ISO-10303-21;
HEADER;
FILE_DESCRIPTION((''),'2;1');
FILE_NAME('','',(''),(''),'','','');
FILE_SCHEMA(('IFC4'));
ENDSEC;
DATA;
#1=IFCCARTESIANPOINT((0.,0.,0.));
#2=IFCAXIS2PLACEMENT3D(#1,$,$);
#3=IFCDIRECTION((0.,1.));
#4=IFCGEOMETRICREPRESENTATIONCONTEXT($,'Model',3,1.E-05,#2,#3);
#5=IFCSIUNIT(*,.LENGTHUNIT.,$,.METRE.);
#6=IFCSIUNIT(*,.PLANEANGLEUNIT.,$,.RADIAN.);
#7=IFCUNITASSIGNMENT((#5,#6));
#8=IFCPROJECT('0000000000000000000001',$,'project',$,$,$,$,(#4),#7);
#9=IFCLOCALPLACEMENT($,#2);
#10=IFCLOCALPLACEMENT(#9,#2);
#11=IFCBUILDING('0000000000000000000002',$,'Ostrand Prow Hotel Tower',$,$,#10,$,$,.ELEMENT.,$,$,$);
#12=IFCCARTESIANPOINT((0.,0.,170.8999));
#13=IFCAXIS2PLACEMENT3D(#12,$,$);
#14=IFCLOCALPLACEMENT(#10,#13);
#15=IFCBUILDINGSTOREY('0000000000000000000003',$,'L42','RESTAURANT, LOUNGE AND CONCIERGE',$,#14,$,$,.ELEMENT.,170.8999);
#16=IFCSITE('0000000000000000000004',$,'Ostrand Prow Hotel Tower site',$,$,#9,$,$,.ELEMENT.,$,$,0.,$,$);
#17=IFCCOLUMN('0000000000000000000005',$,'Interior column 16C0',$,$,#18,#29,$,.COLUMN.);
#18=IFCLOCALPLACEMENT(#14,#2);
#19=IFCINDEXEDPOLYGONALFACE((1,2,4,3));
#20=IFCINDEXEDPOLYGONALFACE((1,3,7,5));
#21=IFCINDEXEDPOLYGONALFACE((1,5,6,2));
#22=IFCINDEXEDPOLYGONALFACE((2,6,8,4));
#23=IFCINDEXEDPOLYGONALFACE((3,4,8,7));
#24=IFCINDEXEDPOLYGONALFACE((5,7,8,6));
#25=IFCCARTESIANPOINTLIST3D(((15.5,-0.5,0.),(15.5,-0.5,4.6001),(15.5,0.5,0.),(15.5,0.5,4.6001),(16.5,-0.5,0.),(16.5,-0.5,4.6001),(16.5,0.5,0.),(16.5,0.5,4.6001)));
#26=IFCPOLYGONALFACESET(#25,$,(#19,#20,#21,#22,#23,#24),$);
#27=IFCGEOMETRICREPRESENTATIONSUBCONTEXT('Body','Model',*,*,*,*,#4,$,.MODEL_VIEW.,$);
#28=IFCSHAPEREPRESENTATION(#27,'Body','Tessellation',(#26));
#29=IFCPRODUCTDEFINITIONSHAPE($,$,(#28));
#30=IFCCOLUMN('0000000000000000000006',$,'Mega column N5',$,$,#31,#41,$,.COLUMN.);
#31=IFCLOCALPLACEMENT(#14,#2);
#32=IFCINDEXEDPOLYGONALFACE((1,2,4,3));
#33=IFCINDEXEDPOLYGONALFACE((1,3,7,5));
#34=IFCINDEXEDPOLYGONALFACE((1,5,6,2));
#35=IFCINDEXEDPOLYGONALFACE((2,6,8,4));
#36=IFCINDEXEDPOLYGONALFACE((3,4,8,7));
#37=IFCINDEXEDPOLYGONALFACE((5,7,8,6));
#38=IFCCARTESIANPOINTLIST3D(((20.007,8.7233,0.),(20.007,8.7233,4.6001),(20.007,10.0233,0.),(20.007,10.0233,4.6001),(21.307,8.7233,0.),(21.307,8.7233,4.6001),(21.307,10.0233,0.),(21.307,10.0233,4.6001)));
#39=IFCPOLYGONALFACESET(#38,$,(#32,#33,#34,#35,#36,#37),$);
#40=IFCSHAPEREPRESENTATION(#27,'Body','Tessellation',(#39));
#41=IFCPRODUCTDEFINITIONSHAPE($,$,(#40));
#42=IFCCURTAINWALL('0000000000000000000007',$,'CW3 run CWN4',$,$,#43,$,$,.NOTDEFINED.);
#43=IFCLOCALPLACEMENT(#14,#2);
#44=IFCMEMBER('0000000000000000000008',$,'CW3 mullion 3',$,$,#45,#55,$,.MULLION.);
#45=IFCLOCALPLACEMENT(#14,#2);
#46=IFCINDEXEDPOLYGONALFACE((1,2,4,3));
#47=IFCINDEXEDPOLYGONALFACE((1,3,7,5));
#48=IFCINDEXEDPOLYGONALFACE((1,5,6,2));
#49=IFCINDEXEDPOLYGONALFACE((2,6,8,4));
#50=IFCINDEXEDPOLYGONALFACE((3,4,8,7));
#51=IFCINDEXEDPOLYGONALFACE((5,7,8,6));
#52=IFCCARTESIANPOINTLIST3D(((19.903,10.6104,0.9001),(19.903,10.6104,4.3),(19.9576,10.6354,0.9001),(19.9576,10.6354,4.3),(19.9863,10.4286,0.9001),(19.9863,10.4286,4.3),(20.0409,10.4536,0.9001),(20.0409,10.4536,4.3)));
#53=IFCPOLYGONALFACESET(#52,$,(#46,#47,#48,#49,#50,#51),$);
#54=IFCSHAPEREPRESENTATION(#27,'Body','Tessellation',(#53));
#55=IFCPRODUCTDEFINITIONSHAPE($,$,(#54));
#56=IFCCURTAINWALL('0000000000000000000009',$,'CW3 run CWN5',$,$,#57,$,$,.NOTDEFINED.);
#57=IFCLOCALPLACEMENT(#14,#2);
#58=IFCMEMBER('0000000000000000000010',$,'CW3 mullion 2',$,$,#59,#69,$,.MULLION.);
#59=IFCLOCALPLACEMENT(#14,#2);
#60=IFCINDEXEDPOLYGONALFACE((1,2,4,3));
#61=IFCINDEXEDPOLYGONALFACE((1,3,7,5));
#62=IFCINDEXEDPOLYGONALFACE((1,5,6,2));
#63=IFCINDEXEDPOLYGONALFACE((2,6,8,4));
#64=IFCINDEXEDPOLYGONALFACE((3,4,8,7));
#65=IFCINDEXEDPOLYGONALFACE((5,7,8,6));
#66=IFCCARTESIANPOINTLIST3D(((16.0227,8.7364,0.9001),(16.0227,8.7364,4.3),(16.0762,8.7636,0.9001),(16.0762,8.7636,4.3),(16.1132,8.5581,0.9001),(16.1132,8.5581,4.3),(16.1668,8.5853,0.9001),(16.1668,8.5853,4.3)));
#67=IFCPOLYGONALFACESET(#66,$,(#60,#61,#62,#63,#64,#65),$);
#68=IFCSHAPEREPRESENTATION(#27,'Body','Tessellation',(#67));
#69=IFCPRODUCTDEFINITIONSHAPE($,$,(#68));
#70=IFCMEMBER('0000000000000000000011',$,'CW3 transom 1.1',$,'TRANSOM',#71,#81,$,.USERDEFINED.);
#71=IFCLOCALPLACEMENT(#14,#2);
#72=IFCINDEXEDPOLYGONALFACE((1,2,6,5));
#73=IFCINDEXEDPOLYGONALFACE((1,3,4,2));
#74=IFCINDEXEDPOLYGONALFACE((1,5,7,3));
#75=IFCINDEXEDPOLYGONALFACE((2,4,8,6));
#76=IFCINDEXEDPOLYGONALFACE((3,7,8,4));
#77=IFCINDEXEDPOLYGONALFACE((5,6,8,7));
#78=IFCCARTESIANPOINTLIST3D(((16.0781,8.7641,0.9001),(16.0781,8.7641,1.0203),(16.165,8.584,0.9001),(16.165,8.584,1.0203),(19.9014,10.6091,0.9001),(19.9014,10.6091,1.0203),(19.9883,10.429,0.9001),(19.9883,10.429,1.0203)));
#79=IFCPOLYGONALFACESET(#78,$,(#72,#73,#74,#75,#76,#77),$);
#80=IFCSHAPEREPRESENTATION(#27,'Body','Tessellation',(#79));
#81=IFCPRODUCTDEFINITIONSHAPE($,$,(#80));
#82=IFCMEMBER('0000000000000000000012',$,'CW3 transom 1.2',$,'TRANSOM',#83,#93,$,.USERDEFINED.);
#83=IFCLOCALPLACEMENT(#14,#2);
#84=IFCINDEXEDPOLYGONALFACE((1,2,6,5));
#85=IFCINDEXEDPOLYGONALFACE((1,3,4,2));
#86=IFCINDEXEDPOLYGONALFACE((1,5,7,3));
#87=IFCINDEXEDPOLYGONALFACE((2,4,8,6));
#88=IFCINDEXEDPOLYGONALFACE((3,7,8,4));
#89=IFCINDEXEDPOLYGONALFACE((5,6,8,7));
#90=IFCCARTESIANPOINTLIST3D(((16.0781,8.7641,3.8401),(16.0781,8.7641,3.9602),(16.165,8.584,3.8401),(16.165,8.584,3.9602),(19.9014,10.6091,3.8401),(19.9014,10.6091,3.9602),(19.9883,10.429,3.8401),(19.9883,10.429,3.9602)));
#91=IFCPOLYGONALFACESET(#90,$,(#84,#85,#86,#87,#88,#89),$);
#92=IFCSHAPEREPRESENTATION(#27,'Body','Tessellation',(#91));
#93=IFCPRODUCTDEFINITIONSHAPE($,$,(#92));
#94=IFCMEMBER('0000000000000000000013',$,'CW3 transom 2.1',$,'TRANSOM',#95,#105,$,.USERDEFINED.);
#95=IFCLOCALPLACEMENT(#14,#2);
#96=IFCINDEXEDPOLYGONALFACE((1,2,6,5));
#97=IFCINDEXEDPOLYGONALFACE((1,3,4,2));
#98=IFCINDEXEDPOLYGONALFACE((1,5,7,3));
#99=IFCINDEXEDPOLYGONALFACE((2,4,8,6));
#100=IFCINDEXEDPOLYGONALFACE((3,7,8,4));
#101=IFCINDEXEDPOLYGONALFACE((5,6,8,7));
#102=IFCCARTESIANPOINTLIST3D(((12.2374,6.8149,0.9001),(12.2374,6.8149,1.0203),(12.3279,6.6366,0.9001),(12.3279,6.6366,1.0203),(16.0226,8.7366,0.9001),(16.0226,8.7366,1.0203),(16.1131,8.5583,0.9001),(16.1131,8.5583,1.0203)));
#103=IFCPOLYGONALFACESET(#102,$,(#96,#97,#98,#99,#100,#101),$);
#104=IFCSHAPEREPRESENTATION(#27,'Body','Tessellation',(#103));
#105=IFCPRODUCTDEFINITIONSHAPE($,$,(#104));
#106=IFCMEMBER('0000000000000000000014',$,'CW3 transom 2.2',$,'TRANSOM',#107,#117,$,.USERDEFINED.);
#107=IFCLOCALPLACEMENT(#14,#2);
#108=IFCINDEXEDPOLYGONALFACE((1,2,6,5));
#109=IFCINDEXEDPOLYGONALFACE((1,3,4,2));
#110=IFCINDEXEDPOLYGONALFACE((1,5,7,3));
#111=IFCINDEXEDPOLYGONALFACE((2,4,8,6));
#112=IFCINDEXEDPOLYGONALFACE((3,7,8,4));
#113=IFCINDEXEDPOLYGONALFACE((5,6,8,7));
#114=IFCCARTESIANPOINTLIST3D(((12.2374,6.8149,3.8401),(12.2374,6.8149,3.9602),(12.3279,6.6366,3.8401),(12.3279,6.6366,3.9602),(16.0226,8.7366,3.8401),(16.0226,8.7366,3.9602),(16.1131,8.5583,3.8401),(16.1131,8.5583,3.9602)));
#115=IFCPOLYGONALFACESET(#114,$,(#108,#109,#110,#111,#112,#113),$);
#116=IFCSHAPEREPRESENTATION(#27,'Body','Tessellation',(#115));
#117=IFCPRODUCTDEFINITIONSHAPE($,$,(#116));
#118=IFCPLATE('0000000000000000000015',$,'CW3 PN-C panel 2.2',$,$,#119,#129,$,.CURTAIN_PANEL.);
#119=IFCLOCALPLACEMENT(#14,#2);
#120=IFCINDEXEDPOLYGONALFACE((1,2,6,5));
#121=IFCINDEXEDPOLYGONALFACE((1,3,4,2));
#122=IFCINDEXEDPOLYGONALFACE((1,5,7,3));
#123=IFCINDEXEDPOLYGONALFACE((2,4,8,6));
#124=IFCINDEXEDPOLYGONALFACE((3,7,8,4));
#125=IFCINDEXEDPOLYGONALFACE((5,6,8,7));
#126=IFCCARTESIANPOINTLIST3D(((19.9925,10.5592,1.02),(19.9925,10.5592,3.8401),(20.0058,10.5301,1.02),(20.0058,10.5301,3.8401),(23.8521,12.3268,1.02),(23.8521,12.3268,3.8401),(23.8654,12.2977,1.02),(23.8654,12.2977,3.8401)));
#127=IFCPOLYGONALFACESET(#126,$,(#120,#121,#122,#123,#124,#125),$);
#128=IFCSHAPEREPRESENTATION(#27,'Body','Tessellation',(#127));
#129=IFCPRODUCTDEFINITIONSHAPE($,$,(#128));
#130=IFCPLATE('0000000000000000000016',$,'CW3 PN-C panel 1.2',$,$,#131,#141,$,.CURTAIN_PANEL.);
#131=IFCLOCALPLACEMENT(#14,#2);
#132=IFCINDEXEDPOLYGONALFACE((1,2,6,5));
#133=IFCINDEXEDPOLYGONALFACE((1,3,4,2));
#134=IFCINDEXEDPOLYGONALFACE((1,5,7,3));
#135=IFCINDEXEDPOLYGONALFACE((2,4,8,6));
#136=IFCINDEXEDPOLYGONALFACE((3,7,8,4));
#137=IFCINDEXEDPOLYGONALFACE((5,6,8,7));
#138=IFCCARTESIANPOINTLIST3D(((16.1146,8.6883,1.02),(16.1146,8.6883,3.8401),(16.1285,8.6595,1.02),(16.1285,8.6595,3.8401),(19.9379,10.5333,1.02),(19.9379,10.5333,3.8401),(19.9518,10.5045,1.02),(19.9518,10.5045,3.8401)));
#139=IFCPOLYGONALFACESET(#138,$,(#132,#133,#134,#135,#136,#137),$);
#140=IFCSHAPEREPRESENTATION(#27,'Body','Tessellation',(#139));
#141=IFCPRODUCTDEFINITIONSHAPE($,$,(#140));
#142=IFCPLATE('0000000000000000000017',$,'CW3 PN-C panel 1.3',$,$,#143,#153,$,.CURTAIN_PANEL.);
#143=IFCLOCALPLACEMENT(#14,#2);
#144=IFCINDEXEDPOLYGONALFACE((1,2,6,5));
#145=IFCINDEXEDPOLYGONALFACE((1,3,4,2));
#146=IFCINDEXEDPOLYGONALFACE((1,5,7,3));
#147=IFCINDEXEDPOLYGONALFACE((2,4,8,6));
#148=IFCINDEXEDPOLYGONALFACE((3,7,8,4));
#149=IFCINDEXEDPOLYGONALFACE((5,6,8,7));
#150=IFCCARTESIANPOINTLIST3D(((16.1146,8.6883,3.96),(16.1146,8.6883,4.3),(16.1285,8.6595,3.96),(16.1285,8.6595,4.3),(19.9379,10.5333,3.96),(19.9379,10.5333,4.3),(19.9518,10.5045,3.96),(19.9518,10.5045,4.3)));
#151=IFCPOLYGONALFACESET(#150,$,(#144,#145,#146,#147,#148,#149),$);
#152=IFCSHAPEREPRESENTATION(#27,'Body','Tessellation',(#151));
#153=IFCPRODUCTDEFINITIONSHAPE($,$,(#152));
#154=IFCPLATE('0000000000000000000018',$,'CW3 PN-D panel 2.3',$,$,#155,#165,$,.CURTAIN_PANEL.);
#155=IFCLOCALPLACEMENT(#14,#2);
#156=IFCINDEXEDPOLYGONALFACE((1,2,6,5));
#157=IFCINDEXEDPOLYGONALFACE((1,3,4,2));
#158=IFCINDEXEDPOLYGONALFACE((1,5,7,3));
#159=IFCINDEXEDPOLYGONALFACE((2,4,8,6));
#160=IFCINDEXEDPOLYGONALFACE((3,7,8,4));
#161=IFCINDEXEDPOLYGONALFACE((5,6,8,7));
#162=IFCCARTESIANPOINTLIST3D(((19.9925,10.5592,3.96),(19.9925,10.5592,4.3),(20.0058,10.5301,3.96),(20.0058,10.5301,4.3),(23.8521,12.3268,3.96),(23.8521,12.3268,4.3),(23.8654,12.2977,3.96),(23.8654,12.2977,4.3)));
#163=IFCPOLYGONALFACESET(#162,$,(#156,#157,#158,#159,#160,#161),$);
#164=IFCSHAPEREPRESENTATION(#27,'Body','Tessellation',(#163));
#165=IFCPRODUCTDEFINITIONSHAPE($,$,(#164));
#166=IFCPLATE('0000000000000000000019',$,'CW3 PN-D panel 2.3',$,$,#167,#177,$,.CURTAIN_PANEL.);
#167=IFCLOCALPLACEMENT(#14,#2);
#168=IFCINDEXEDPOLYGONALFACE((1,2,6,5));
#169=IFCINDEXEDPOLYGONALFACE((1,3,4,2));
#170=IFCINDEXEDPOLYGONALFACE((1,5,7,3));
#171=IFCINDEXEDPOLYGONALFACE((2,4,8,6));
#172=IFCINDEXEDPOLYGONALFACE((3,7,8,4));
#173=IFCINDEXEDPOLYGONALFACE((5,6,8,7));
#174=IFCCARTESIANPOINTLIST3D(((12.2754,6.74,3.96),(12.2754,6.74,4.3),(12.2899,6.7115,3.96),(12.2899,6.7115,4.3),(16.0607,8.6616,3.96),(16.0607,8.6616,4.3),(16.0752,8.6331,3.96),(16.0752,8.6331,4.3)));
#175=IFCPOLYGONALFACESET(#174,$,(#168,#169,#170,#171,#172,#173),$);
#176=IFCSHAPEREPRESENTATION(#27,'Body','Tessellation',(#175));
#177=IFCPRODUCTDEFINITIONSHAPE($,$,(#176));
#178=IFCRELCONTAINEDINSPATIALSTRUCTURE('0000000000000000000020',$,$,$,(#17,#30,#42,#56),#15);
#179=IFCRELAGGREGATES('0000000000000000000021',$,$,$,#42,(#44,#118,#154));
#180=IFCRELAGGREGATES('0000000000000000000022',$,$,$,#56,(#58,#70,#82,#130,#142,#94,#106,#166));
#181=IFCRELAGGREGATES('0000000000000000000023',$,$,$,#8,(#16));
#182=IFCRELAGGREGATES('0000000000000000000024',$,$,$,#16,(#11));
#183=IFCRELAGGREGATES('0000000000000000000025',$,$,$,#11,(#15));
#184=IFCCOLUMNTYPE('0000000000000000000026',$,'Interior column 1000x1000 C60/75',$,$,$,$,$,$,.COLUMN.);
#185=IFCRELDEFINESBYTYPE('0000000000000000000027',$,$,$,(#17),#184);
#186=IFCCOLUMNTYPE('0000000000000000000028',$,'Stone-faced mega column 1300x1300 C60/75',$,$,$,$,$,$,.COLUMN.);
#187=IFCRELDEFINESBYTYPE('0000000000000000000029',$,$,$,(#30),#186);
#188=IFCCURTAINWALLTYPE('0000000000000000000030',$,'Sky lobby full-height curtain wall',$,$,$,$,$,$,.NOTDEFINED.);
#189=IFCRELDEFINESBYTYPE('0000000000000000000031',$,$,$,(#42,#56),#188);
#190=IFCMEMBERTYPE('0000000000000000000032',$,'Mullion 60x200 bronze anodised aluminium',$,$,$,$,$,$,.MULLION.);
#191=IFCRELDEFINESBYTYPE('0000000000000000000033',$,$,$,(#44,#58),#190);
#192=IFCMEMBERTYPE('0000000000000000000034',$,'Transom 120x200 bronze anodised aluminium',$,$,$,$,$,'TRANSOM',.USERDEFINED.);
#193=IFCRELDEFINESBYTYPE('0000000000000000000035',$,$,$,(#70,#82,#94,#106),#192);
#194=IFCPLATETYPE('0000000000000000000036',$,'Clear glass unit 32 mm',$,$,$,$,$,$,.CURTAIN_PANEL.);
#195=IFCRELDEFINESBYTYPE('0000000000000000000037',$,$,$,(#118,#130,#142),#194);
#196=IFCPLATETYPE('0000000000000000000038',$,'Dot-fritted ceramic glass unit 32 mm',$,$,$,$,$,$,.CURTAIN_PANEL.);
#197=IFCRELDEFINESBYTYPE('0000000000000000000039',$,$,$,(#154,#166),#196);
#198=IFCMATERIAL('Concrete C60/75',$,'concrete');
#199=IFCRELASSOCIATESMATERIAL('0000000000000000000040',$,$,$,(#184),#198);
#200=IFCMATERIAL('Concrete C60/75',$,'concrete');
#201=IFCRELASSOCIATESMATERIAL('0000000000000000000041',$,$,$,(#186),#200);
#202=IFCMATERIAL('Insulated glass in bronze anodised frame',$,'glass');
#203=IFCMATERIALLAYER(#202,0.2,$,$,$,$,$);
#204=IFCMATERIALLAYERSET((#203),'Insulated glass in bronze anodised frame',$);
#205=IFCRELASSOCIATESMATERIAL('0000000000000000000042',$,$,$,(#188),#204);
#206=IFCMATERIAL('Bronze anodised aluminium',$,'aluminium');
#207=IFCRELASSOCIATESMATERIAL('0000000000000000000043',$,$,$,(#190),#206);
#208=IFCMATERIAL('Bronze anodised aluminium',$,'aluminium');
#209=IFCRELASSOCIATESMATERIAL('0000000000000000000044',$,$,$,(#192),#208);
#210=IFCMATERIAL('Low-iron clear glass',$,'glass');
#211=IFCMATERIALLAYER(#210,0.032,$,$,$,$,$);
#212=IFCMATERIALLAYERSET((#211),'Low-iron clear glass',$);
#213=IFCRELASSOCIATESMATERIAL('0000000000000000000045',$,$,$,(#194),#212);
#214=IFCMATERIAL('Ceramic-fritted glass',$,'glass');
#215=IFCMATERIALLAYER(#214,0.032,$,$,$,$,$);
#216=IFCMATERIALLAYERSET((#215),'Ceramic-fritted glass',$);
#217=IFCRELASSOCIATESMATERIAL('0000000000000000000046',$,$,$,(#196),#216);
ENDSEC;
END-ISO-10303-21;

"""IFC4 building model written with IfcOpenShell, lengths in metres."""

from ifc_helpers import new_model, si_unit, direction, frame, origin, origin_2d, place, context, subcontext, project, spatial, rectangle, extrude, material, layer, layer_set, material_profile, profile_set, type_object, element, aggregate, save


model = new_model("IFC4")

# Units and contexts
model_context = context("Model", 3, precision=1e-05, world=origin(), true_north=direction((0.0, 1.0)))
body_context = subcontext(model_context, "Body", "Model", "MODEL_VIEW")
ifc_project = project(units=[si_unit("LENGTHUNIT", "METRE"), si_unit("PLANEANGLEUNIT", "RADIAN")], contexts=[model_context])

# Site, building, storey
site_placement = place(None, origin())
site = spatial("IfcSite", under=ifc_project, at=site_placement, Name="Ostrand Prow Hotel Tower site", CompositionType="ELEMENT", RefElevation=0.0)
building_placement = place(site_placement, origin())
building = spatial("IfcBuilding", under=site, at=building_placement, Name="Ostrand Prow Hotel Tower", CompositionType="ELEMENT")
storey_placement = place(building_placement, frame((0.0, 0.0, 170.8999)))
storey = spatial("IfcBuildingStorey", under=building, at=storey_placement, Name="L42", Description="RESTAURANT, LOUNGE AND CONCIERGE", CompositionType="ELEMENT", Elevation=170.8999)

# Columns
ifc_material_1 = material(Name="Concrete C60/75", Category="concrete")
ifc_material_profile_1 = material_profile(ifc_material_1, rectangle(XDim=1.0, YDim=1.0, at=origin_2d()), Name="RC 1000x1000")
ifc_profile_set_1 = profile_set([ifc_material_profile_1], Name="Concrete C60/75")
column_type_1 = type_object("IfcColumnType", Name="Interior column 1000x1000 C60/75", PredefinedType="COLUMN", material=ifc_profile_set_1)
column_1_placement = place(storey_placement, frame((16.0, 0.0, 0.0), z_axis=(0.0, 0.0, 1.0), x_axis=(1.0, 0.0, 0.0)))
element("IfcColumn", 1, at=column_1_placement, inside=storey, type_object=column_type_1, Name="Interior column 16C0", PredefinedType="COLUMN", context=body_context, shape_type="SweptSolid", body=[
    extrude(rectangle(XDim=1.0, YDim=1.0, at=origin_2d()), origin(), (0.0, 0.0, 1.0), 4.6001),
])
ifc_material_2 = material(Name="Concrete C60/75", Category="concrete")
ifc_material_profile_2 = material_profile(ifc_material_2, rectangle(XDim=1.3, YDim=1.3, at=origin_2d()), Name="RC 1300x1300")
ifc_profile_set_2 = profile_set([ifc_material_profile_2], Name="Concrete C60/75")
column_type_2 = type_object("IfcColumnType", Name="Stone-faced mega column 1300x1300 C60/75", PredefinedType="COLUMN", material=ifc_profile_set_2)
column_2_placement = place(storey_placement, frame((20.657, 9.3733, 0.0), z_axis=(0.0, 0.0, 1.0), x_axis=(1.0, 0.0, 0.0)))
element("IfcColumn", 2, at=column_2_placement, inside=storey, type_object=column_type_2, Name="Mega column N5", PredefinedType="COLUMN", context=body_context, shape_type="SweptSolid", body=[
    extrude(rectangle(XDim=1.3, YDim=1.3, at=origin_2d()), origin(), (0.0, 0.0, 1.0), 4.6001),
])

# Curtain wall, member
ifc_material_3 = material(Name="Insulated glass in bronze anodised frame", Category="glass")
ifc_layer_1 = layer(ifc_material_3, 0.2)
ifc_layer_set_1 = layer_set([ifc_layer_1], Name="Insulated glass in bronze anodised frame")
curtain_wall_type = type_object("IfcCurtainWallType", Name="Sky lobby full-height curtain wall", PredefinedType="NOTDEFINED", material=ifc_layer_set_1)
curtain_wall_1_placement = place(storey_placement, origin())
curtain_wall_1 = element("IfcCurtainWall", 3, at=curtain_wall_1_placement, inside=storey, type_object=curtain_wall_type, Name="CW3 run CWN4", PredefinedType="NOTDEFINED")
ifc_material_4 = material(Name="Bronze anodised aluminium", Category="aluminium")
ifc_material_profile_3 = material_profile(ifc_material_4, rectangle(XDim=0.2, YDim=0.0601, at=origin_2d()), Name="Mullion 60x200 bronze anodised aluminium")
ifc_profile_set_3 = profile_set([ifc_material_profile_3], Name="Bronze anodised aluminium")
member_type_1 = type_object("IfcMemberType", Name="Mullion 60x200 bronze anodised aluminium", PredefinedType="MULLION", material=ifc_profile_set_3)
member_1_placement = place(storey_placement, frame((19.9719, 10.532, 0.9001), z_axis=(0.0, 0.0, 1.0), x_axis=(0.416393, -0.909185, 0.0)))
member_1 = element("IfcMember", 4, at=member_1_placement, type_object=member_type_1, Name="CW3 mullion 3", PredefinedType="MULLION", context=body_context, shape_type="SweptSolid", body=[
    extrude(rectangle(XDim=0.2, YDim=0.0601, at=origin_2d()), origin(), (0.0, 0.0, 1.0), 3.3999),
])

# Curtain wall, members
curtain_wall_2_placement = place(storey_placement, origin())
curtain_wall_2 = element("IfcCurtainWall", 5, at=curtain_wall_2_placement, inside=storey, type_object=curtain_wall_type, Name="CW3 run CWN5", PredefinedType="NOTDEFINED")
member_2_placement = place(storey_placement, frame((16.0947, 8.6609, 0.9001), z_axis=(0.0, 0.0, 1.0), x_axis=(0.452659, -0.891684, 0.0)))
member_2 = element("IfcMember", 6, at=member_2_placement, type_object=member_type_1, Name="CW3 mullion 2", PredefinedType="MULLION", context=body_context, shape_type="SweptSolid", body=[
    extrude(rectangle(XDim=0.2, YDim=0.0601, at=origin_2d()), origin(), (0.0, 0.0, 1.0), 3.3999),
])
ifc_material_5 = material(Name="Bronze anodised aluminium", Category="aluminium")
ifc_material_profile_4 = material_profile(ifc_material_5, rectangle(XDim=0.2, YDim=0.1201, at=origin_2d()), Name="Transom 120x200 bronze anodised aluminium")
ifc_profile_set_4 = profile_set([ifc_material_profile_4], Name="Bronze anodised aluminium")
member_type_2 = type_object("IfcMemberType", Name="Transom 120x200 bronze anodised aluminium", ElementType="TRANSOM", PredefinedType="USERDEFINED", material=ifc_profile_set_4)
member_3_placement = place(storey_placement, frame((19.9448, 10.519, 0.9602), z_axis=(-0.900619, -0.434609, 0.0), x_axis=(0.434609, -0.900619, 0.0)))
member_3 = element("IfcMember", 7, at=member_3_placement, type_object=member_type_2, Name="CW3 transom 1.1", ObjectType="TRANSOM", PredefinedType="USERDEFINED", context=body_context, shape_type="SweptSolid", body=[
    extrude(rectangle(XDim=0.2, YDim=0.1201, at=origin_2d()), origin(), (0.0, 0.0, 1.0), 4.2451),
])
member_4_placement = place(storey_placement, frame((19.9448, 10.519, 3.9001), z_axis=(-0.900619, -0.434609, 0.0), x_axis=(0.434609, -0.900619, 0.0)))
member_4 = element("IfcMember", 8, at=member_4_placement, type_object=member_type_2, Name="CW3 transom 1.2", ObjectType="TRANSOM", PredefinedType="USERDEFINED", context=body_context, shape_type="SweptSolid", body=[
    extrude(rectangle(XDim=0.2, YDim=0.1201, at=origin_2d()), origin(), (0.0, 0.0, 1.0), 4.2451),
])
member_5_placement = place(storey_placement, frame((16.0679, 8.6475, 0.9602), z_axis=(-0.891673, -0.45268, 0.0), x_axis=(0.45268, -0.891673, 0.0)))
member_5 = element("IfcMember", 9, at=member_5_placement, type_object=member_type_2, Name="CW3 transom 2.1", ObjectType="TRANSOM", PredefinedType="USERDEFINED", context=body_context, shape_type="SweptSolid", body=[
    extrude(rectangle(XDim=0.2, YDim=0.1201, at=origin_2d()), origin(), (0.0, 0.0, 1.0), 4.2451),
])
member_6_placement = place(storey_placement, frame((16.0679, 8.6475, 3.9001), z_axis=(-0.891673, -0.45268, 0.0), x_axis=(0.45268, -0.891673, 0.0)))
member_6 = element("IfcMember", 10, at=member_6_placement, type_object=member_type_2, Name="CW3 transom 2.2", ObjectType="TRANSOM", PredefinedType="USERDEFINED", context=body_context, shape_type="SweptSolid", body=[
    extrude(rectangle(XDim=0.2, YDim=0.1201, at=origin_2d()), origin(), (0.0, 0.0, 1.0), 4.2451),
])

# Plates
ifc_material_6 = material(Name="Low-iron clear glass", Category="glass")
ifc_layer_2 = layer(ifc_material_6, 0.032)
ifc_layer_set_2 = layer_set([ifc_layer_2], Name="Low-iron clear glass")
plate_type_1 = type_object("IfcPlateType", Name="Clear glass unit 32 mm", PredefinedType="CURTAIN_PANEL", material=ifc_layer_set_2)
plate_1_placement = place(storey_placement, frame((21.929, 11.4285, 1.02), z_axis=(0.0, 0.0, 1.0), x_axis=(-0.909185, -0.416393, 0.0)))
plate_1 = element("IfcPlate", 11, at=plate_1_placement, type_object=plate_type_1, Name="CW3 PN-C panel 2.2", PredefinedType="CURTAIN_PANEL", context=body_context, shape_type="SweptSolid", body=[
    extrude(rectangle(XDim=4.2451, YDim=0.032, at=origin_2d()), origin(), (0.0, 0.0, 1.0), 2.8201),
])
plate_2_placement = place(storey_placement, frame((18.0332, 9.5964, 1.02), z_axis=(0.0, 0.0, 1.0), x_axis=(-0.900616, -0.434615, 0.0)))
plate_2 = element("IfcPlate", 12, at=plate_2_placement, type_object=plate_type_1, Name="CW3 PN-C panel 1.2", PredefinedType="CURTAIN_PANEL", context=body_context, shape_type="SweptSolid", body=[
    extrude(rectangle(XDim=4.2451, YDim=0.032, at=origin_2d()), origin(), (0.0, 0.0, 1.0), 2.8201),
])
plate_3_placement = place(storey_placement, frame((18.0332, 9.5964, 3.96), z_axis=(0.0, 0.0, 1.0), x_axis=(-0.900616, -0.434615, 0.0)))
plate_3 = element("IfcPlate", 13, at=plate_3_placement, type_object=plate_type_1, Name="CW3 PN-C panel 1.3", PredefinedType="CURTAIN_PANEL", context=body_context, shape_type="SweptSolid", body=[
    extrude(rectangle(XDim=4.2451, YDim=0.032, at=origin_2d()), origin(), (0.0, 0.0, 1.0), 0.3401),
])
ifc_material_7 = material(Name="Ceramic-fritted glass", Category="glass")
ifc_layer_3 = layer(ifc_material_7, 0.032)
ifc_layer_set_3 = layer_set([ifc_layer_3], Name="Ceramic-fritted glass")
plate_type_2 = type_object("IfcPlateType", Name="Dot-fritted ceramic glass unit 32 mm", PredefinedType="CURTAIN_PANEL", material=ifc_layer_set_3)
plate_4_placement = place(storey_placement, frame((21.929, 11.4285, 3.96), z_axis=(0.0, 0.0, 1.0), x_axis=(-0.909185, -0.416393, 0.0)))
plate_4 = element("IfcPlate", 14, at=plate_4_placement, type_object=plate_type_2, Name="CW3 PN-D panel 2.3", PredefinedType="CURTAIN_PANEL", context=body_context, shape_type="SweptSolid", body=[
    extrude(rectangle(XDim=4.2451, YDim=0.032, at=origin_2d()), origin(), (0.0, 0.0, 1.0), 0.3401),
])
aggregate(curtain_wall_1, [member_1, plate_1, plate_4])
plate_5_placement = place(storey_placement, frame((14.1753, 7.6865, 3.96), z_axis=(0.0, 0.0, 1.0), x_axis=(-0.891684, -0.452659, 0.0)))
plate_5 = element("IfcPlate", 15, at=plate_5_placement, type_object=plate_type_2, Name="CW3 PN-D panel 2.3", PredefinedType="CURTAIN_PANEL", context=body_context, shape_type="SweptSolid", body=[
    extrude(rectangle(XDim=4.2451, YDim=0.032, at=origin_2d()), origin(), (0.0, 0.0, 1.0), 0.3401),
])
aggregate(curtain_wall_2, [member_2, member_3, member_4, plate_2, plate_3, member_5, member_6, plate_5])

save(model, "model.ifc")
